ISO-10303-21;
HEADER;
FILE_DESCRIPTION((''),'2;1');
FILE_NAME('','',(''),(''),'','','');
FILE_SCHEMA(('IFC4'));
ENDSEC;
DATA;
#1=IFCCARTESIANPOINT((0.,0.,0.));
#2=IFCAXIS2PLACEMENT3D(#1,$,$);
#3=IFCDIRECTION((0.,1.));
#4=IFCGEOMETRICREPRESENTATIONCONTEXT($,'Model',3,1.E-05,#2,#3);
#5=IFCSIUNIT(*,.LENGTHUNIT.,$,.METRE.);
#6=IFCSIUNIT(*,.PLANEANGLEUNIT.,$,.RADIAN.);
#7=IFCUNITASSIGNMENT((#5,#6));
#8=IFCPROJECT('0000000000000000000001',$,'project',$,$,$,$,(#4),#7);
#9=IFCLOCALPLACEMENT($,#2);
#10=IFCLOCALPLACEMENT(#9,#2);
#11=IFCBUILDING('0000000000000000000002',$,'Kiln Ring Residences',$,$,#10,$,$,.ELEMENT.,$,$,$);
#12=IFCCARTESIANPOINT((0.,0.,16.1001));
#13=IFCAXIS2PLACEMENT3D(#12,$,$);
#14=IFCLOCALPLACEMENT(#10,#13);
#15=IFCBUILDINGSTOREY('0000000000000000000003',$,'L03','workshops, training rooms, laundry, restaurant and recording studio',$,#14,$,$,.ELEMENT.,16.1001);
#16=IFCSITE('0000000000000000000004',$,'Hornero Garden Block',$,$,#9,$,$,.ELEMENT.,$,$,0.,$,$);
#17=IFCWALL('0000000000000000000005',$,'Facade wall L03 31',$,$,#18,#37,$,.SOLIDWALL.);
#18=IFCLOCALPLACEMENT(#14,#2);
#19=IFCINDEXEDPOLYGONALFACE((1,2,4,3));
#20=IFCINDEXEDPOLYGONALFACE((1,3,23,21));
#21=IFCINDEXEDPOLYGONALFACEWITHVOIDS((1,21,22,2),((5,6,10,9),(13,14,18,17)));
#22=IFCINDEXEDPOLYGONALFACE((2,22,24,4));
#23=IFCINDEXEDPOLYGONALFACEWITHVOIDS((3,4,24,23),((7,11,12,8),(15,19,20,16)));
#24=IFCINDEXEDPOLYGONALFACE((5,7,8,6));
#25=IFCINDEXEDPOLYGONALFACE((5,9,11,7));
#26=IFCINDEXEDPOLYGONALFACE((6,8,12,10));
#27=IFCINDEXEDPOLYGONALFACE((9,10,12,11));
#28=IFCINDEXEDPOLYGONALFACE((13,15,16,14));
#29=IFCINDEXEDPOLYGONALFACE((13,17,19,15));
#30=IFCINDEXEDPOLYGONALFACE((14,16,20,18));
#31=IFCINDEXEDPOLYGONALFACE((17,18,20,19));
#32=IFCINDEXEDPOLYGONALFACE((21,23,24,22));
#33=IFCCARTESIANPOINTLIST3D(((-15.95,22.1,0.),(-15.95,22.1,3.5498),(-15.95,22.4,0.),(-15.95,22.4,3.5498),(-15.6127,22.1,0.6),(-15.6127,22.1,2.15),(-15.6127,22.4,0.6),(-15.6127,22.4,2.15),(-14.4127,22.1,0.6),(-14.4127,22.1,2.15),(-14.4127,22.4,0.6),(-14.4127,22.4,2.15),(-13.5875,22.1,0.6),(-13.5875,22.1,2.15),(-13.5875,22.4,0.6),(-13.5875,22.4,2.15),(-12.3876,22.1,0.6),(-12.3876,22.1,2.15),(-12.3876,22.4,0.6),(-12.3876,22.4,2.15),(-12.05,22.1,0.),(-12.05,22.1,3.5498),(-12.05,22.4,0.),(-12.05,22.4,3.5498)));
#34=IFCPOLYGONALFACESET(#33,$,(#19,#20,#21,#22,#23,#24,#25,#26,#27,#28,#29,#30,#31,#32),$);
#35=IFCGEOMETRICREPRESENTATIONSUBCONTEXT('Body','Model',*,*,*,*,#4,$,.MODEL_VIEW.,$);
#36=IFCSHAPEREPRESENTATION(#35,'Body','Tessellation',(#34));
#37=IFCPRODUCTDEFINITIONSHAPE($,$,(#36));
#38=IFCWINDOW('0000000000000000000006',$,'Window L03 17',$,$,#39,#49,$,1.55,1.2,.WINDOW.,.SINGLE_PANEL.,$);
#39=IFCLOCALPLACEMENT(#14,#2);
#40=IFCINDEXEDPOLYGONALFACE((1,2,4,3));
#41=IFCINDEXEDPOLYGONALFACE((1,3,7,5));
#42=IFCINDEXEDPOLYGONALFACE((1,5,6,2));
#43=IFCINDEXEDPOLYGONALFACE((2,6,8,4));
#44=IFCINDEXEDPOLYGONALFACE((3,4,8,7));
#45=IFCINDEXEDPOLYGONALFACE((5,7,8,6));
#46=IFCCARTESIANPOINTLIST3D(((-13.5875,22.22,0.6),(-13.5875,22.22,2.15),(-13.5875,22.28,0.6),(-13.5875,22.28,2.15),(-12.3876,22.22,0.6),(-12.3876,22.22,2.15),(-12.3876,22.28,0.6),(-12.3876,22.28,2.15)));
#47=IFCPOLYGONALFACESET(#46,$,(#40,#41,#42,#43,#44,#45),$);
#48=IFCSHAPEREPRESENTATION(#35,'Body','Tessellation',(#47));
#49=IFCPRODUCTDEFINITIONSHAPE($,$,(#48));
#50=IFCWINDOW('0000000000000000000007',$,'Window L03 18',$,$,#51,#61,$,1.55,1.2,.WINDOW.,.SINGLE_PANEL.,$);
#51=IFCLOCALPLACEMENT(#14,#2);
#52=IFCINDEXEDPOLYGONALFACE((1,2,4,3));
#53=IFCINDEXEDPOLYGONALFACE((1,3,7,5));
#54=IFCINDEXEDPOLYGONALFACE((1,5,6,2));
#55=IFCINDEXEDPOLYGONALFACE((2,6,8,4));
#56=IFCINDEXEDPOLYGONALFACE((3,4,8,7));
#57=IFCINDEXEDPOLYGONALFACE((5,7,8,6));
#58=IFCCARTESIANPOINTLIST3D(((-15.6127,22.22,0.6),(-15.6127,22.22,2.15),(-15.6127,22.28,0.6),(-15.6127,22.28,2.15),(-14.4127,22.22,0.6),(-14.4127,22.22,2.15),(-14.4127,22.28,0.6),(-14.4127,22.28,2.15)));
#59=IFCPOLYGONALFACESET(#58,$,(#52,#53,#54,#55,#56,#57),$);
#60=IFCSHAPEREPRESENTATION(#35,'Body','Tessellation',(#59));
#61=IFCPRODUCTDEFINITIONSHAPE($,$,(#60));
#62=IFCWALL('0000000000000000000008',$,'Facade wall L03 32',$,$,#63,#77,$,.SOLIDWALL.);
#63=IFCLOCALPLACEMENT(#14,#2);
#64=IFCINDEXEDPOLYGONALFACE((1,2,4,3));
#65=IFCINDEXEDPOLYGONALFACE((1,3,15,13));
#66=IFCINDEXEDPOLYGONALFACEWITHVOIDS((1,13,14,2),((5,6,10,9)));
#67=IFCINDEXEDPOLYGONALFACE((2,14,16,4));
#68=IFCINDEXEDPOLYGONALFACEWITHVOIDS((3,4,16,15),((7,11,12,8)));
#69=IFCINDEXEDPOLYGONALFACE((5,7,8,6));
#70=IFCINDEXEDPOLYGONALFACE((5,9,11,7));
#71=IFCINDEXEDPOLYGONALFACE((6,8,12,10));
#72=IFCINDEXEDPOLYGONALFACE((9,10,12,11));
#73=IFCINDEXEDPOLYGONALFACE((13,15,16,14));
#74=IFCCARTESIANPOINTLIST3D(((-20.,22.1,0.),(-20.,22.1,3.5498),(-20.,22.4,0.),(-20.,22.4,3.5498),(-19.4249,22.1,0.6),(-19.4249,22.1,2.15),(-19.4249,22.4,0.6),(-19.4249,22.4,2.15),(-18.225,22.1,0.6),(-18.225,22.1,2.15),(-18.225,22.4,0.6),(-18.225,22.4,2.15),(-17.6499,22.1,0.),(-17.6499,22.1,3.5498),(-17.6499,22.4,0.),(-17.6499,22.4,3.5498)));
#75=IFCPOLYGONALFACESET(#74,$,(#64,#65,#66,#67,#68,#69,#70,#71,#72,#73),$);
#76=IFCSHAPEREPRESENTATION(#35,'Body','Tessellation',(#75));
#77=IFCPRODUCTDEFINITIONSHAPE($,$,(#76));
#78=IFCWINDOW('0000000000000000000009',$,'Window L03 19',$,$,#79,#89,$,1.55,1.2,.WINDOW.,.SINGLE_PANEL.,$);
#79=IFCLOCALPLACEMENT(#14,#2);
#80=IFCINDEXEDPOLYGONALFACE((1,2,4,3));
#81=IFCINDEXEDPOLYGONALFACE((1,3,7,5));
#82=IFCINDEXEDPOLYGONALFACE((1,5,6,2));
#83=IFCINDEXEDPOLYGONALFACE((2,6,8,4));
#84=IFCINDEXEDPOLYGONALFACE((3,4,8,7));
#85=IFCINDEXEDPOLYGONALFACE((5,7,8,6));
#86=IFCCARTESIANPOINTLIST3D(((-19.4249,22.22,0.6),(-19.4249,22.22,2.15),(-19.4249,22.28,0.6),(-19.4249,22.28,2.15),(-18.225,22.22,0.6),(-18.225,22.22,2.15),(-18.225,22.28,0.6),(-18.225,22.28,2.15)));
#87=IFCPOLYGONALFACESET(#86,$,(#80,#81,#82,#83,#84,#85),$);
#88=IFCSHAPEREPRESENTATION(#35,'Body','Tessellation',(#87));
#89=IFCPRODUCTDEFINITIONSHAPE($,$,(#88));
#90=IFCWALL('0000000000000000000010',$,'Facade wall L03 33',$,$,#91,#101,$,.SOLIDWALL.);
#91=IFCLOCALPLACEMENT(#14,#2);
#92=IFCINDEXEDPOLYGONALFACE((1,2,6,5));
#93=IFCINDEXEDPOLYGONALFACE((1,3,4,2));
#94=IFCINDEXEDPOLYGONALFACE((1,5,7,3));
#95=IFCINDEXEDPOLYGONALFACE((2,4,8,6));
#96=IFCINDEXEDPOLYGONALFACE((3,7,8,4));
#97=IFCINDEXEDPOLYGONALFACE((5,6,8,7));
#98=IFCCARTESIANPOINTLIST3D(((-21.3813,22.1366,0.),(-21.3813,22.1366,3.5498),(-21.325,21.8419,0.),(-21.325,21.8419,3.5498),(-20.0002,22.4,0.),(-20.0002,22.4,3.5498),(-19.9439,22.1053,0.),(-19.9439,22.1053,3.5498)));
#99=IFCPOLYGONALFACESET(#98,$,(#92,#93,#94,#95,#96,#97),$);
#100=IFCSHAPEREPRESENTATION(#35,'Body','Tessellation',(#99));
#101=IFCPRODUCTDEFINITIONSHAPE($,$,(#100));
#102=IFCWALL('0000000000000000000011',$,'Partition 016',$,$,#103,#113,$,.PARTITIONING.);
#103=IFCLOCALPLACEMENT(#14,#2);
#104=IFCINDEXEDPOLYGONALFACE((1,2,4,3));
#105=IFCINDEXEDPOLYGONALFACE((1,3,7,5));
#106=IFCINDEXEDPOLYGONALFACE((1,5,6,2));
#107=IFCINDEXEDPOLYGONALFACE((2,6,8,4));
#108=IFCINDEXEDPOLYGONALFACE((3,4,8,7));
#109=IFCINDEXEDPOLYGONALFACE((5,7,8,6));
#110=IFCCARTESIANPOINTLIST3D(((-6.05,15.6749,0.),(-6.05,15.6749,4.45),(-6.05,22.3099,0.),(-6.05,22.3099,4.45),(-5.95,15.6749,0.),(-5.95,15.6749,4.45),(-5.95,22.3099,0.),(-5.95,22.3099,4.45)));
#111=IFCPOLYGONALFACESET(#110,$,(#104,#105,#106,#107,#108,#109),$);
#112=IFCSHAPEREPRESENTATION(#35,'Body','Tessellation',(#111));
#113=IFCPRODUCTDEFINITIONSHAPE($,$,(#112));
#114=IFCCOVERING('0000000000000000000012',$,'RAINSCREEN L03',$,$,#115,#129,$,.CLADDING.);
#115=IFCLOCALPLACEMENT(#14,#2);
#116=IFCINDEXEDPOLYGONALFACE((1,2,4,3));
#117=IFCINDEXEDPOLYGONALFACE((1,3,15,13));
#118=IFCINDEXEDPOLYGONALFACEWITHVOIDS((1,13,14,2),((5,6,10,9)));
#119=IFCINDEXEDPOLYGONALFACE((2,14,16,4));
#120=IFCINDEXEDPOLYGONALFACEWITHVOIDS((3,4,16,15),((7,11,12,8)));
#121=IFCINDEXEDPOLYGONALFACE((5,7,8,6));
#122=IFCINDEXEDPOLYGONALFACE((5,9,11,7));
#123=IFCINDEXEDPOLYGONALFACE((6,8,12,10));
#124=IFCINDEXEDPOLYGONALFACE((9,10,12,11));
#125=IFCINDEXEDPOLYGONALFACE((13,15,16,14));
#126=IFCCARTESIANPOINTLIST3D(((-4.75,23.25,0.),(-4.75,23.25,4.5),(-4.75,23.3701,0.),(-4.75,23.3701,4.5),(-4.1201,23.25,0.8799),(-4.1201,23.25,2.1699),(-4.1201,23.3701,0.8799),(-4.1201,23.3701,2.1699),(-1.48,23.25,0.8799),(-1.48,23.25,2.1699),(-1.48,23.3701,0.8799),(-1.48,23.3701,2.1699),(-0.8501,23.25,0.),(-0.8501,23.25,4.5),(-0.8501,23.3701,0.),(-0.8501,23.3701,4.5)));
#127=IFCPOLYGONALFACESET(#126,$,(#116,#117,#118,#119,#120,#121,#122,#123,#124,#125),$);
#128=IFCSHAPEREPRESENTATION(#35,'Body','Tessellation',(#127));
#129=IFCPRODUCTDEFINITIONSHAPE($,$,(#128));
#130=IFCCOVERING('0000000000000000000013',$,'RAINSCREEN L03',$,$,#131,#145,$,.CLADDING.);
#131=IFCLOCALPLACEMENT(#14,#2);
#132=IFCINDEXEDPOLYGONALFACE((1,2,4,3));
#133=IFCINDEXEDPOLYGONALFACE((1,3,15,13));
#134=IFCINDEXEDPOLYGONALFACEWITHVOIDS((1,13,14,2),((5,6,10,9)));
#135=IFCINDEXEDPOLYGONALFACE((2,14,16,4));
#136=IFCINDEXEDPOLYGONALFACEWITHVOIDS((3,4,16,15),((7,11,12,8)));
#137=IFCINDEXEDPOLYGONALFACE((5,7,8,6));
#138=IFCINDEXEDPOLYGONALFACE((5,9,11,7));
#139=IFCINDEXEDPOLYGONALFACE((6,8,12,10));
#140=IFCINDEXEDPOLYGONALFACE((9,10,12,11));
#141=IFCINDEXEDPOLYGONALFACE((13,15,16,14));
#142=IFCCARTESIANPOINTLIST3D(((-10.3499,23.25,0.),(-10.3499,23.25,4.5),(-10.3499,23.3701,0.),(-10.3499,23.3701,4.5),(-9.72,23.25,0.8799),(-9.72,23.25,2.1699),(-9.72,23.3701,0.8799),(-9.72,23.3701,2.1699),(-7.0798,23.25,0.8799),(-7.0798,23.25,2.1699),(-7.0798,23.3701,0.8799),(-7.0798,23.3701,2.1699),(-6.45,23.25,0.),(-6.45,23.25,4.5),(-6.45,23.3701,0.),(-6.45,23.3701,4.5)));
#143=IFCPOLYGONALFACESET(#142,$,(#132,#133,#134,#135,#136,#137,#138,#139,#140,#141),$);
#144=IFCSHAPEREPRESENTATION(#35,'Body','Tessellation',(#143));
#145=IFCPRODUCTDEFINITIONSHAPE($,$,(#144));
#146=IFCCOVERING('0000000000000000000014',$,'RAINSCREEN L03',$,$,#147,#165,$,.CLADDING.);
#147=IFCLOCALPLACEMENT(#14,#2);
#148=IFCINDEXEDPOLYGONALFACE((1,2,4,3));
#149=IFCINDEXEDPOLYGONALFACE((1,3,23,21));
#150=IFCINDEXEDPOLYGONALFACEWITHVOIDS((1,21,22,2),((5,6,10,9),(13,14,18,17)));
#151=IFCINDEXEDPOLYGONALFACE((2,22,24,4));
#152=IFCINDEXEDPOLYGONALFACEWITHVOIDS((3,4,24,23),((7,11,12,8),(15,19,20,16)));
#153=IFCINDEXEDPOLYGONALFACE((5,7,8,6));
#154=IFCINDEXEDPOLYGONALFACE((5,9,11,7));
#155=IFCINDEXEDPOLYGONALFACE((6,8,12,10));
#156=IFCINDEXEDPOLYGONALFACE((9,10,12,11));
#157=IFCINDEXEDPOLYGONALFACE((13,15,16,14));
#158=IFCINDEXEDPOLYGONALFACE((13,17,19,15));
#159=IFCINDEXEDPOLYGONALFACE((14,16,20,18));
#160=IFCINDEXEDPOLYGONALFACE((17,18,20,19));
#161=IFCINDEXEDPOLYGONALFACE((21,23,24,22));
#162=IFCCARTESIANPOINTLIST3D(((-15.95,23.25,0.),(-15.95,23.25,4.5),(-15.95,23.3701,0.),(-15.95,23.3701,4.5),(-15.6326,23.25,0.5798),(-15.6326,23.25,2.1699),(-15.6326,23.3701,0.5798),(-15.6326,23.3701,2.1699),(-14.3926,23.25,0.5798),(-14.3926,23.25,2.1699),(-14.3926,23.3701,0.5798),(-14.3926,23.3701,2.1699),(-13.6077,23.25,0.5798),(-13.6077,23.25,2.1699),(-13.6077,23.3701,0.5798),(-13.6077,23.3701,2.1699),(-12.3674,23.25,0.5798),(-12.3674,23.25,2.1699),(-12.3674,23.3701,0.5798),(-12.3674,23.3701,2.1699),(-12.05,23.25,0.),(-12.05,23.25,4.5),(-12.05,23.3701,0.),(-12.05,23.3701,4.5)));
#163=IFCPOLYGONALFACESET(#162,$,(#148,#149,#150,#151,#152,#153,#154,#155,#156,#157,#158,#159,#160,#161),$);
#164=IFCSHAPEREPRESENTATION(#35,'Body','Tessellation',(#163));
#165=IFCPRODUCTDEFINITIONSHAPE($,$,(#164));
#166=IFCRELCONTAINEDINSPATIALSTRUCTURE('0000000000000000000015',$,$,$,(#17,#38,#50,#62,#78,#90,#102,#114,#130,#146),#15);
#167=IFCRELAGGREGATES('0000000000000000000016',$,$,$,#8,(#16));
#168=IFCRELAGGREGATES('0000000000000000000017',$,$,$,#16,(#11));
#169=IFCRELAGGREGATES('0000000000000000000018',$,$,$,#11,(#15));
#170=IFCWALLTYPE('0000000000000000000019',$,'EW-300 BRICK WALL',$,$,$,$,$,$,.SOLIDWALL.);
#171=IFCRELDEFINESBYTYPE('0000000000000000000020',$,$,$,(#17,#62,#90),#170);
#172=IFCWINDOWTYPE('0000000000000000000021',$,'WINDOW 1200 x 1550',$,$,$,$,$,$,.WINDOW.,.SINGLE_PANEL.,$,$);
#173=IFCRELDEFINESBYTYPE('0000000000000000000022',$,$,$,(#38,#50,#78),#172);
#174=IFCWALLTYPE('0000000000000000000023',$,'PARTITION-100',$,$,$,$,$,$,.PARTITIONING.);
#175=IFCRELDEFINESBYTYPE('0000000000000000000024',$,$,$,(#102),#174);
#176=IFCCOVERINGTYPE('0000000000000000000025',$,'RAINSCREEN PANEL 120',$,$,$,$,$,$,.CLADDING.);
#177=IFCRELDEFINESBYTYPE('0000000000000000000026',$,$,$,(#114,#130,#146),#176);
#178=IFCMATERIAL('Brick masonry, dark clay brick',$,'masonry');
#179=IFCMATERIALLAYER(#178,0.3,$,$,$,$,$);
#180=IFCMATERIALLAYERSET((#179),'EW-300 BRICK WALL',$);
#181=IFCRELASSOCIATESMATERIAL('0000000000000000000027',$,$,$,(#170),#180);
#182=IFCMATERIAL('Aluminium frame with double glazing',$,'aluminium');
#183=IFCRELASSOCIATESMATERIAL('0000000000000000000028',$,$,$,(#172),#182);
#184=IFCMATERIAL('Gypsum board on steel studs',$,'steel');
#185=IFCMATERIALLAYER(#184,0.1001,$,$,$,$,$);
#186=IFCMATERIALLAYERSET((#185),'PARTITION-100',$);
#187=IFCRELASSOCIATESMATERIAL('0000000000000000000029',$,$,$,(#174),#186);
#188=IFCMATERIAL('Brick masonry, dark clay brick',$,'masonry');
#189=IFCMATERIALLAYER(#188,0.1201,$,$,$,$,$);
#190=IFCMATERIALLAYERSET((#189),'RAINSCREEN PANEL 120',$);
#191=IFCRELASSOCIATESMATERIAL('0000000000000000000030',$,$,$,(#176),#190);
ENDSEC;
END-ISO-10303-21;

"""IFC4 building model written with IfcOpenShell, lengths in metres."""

from ifc_helpers import new_model, si_unit, direction, frame, frame_2d, origin, place, context, subcontext, project, spatial, polyline, rectangle, outline, extrude, material, layer, layer_set, type_object, element, fill, save


model = new_model("IFC4")

# Units and contexts
model_context = context("Model", 3, precision=1e-05, world=origin(), true_north=direction((0.0, 1.0)))
body_context = subcontext(model_context, "Body", "Model", "MODEL_VIEW")
ifc_project = project(units=[si_unit("LENGTHUNIT", "METRE"), si_unit("PLANEANGLEUNIT", "RADIAN")], contexts=[model_context])

# Site, building, storey
site_placement = place(None, origin())
site = spatial("IfcSite", under=ifc_project, at=site_placement, Name="Hornero Garden Block", CompositionType="ELEMENT", RefElevation=0.0)
building_placement = place(site_placement, origin())
building = spatial("IfcBuilding", under=site, at=building_placement, Name="Kiln Ring Residences", CompositionType="ELEMENT")
storey_placement = place(building_placement, frame((0.0, 0.0, 16.1001)))
storey = spatial("IfcBuildingStorey", under=building, at=storey_placement, Name="L03", Description="workshops, training rooms, laundry, restaurant and recording studio", CompositionType="ELEMENT", Elevation=16.1001)

# Shared definitions
ifc_material_1 = material(Name="Brick masonry, dark clay brick", Category="masonry")
ifc_layer_1 = layer(ifc_material_1, 0.3)
ifc_layer_set_1 = layer_set([ifc_layer_1], Name="EW-300 BRICK WALL")
wall_type_1 = type_object("IfcWallType", Name="EW-300 BRICK WALL", PredefinedType="SOLIDWALL", material=ifc_layer_set_1)

# Wall, openings, windows
wall_1_placement = place(storey_placement, frame((-12.05, 22.25, 0.0), z_axis=(0.0, 0.0, 1.0), x_axis=(-1.0, 0.0, 0.0)))
wall_1 = element("IfcWall", 1, at=wall_1_placement, inside=storey, type_object=wall_type_1, Name="Facade wall L03 31", PredefinedType="SOLIDWALL", context=body_context, shape_type="SweptSolid", body=[
    extrude(rectangle(XDim=3.8999, YDim=0.3, at=frame_2d((1.95, 0.0))), origin(), (0.0, 0.0, 1.0), 3.5498),
])
opening_1_placement = place(wall_1_placement, frame((0.3374, 0.0, 0.6001)))
opening_1 = element("IfcOpeningElement", 2, at=opening_1_placement, cuts=wall_1, PredefinedType="OPENING", context=body_context, shape_type="SweptSolid", body=[
    extrude(rectangle(XDim=1.2, YDim=1.55, at=frame_2d((0.6001, 0.7749))), frame((0.0, 0.1599, 0.0), z_axis=(0.0, -1.0, 0.0), x_axis=(1.0, 0.0, 0.0)), (0.0, 0.0, 1.0), 0.3201),
])
opening_2_placement = place(wall_1_placement, frame((2.3625, 0.0, 0.6001)))
opening_2 = element("IfcOpeningElement", 3, at=opening_2_placement, cuts=wall_1, PredefinedType="OPENING", context=body_context, shape_type="SweptSolid", body=[
    extrude(rectangle(XDim=1.2, YDim=1.55, at=frame_2d((0.6001, 0.7749))), frame((0.0, 0.1599, 0.0), z_axis=(0.0, -1.0, 0.0), x_axis=(1.0, 0.0, 0.0)), (0.0, 0.0, 1.0), 0.3201),
])
ifc_material_2 = material(Name="Aluminium frame with double glazing", Category="aluminium")
window_type_1 = type_object("IfcWindowType", Name="WINDOW 1200 x 1550", PartitioningType="SINGLE_PANEL", PredefinedType="WINDOW", material=ifc_material_2)
window_1_placement = place(opening_1_placement, origin())
window_1 = element("IfcWindow", 4, at=window_1_placement, inside=storey, type_object=window_type_1, Name="Window L03 17", OverallHeight=1.55, OverallWidth=1.2, PartitioningType="SINGLE_PANEL", PredefinedType="WINDOW", context=body_context, shape_type="SweptSolid", body=[
    extrude(rectangle(XDim=1.2, YDim=1.55, at=frame_2d((0.6001, 0.7749))), frame((0.0, 0.03, 0.0), z_axis=(0.0, -1.0, 0.0), x_axis=(1.0, 0.0, 0.0)), (0.0, 0.0, 1.0), 0.0601),
])
fill(opening_1, window_1)
window_2_placement = place(opening_2_placement, origin())
window_2 = element("IfcWindow", 5, at=window_2_placement, inside=storey, type_object=window_type_1, Name="Window L03 18", OverallHeight=1.55, OverallWidth=1.2, PartitioningType="SINGLE_PANEL", PredefinedType="WINDOW", context=body_context, shape_type="SweptSolid", body=[
    extrude(rectangle(XDim=1.2, YDim=1.55, at=frame_2d((0.6001, 0.7749))), frame((0.0, 0.03, 0.0), z_axis=(0.0, -1.0, 0.0), x_axis=(1.0, 0.0, 0.0)), (0.0, 0.0, 1.0), 0.0601),
])
fill(opening_2, window_2)

# Wall, opening, window
wall_2_placement = place(storey_placement, frame((-17.6499, 22.25, 0.0), z_axis=(0.0, 0.0, 1.0), x_axis=(-1.0, 0.0, 0.0)))
wall_2 = element("IfcWall", 6, at=wall_2_placement, inside=storey, type_object=wall_type_1, Name="Facade wall L03 32", PredefinedType="SOLIDWALL", context=body_context, shape_type="SweptSolid", body=[
    extrude(rectangle(XDim=2.3501, YDim=0.3, at=frame_2d((1.175, 0.0))), origin(), (0.0, 0.0, 1.0), 3.5498),
])
opening_3_placement = place(wall_2_placement, frame((0.575, 0.0, 0.6001)))
opening_3 = element("IfcOpeningElement", 7, at=opening_3_placement, cuts=wall_2, PredefinedType="OPENING", context=body_context, shape_type="SweptSolid", body=[
    extrude(rectangle(XDim=1.2, YDim=1.55, at=frame_2d((0.6001, 0.7749))), frame((0.0, 0.1599, 0.0), z_axis=(0.0, -1.0, 0.0), x_axis=(1.0, 0.0, 0.0)), (0.0, 0.0, 1.0), 0.3201),
])
window_3_placement = place(opening_3_placement, origin())
window_3 = element("IfcWindow", 8, at=window_3_placement, inside=storey, type_object=window_type_1, Name="Window L03 19", OverallHeight=1.55, OverallWidth=1.2, PartitioningType="SINGLE_PANEL", PredefinedType="WINDOW", context=body_context, shape_type="SweptSolid", body=[
    extrude(rectangle(XDim=1.2, YDim=1.55, at=frame_2d((0.6001, 0.7749))), frame((0.0, 0.03, 0.0), z_axis=(0.0, -1.0, 0.0), x_axis=(1.0, 0.0, 0.0)), (0.0, 0.0, 1.0), 0.0601),
])
fill(opening_3, window_3)

# Walls
wall_3_placement = place(storey_placement, frame((-19.9719, 22.2527, 0.0), z_axis=(0.0, 0.0, 1.0), x_axis=(-0.982291, -0.187359, 0.0)))
element("IfcWall", 9, at=wall_3_placement, inside=storey, type_object=wall_type_1, Name="Facade wall L03 33", PredefinedType="SOLIDWALL", context=body_context, shape_type="SweptSolid", body=[
    extrude(rectangle(XDim=1.406, YDim=0.3, at=frame_2d((0.7031, 0.0))), origin(), (0.0, 0.0, 1.0), 3.5498),
])
ifc_material_3 = material(Name="Gypsum board on steel studs", Category="steel")
ifc_layer_2 = layer(ifc_material_3, 0.1001)
ifc_layer_set_2 = layer_set([ifc_layer_2], Name="PARTITION-100")
wall_type_2 = type_object("IfcWallType", Name="PARTITION-100", PredefinedType="PARTITIONING", material=ifc_layer_set_2)
wall_4_placement = place(storey_placement, frame((-6.0, 15.675, 0.0), z_axis=(0.0, 0.0, 1.0), x_axis=(0.0, 1.0, 0.0)))
element("IfcWall", 10, at=wall_4_placement, inside=storey, type_object=wall_type_2, Name="Partition 016", PredefinedType="PARTITIONING", context=body_context, shape_type="SweptSolid", body=[
    extrude(rectangle(XDim=6.635, YDim=0.1001, at=frame_2d((3.3174, 0.0))), origin(), (0.0, 0.0, 1.0), 4.45),
])

# Coverings
ifc_material_4 = material(Name="Brick masonry, dark clay brick", Category="masonry")
ifc_layer_3 = layer(ifc_material_4, 0.1201)
ifc_layer_set_3 = layer_set([ifc_layer_3], Name="RAINSCREEN PANEL 120")
covering_type = type_object("IfcCoveringType", Name="RAINSCREEN PANEL 120", PredefinedType="CLADDING", material=ifc_layer_set_3)
for number, where, z_axis, x_axis, name in (
    (11, (-0.8501, 23.3101, 0.0), (0.0, 0.0, 1.0), (-1.0, 0.0, 0.0), "RAINSCREEN L03"),
    (12, (-6.45, 23.3101, 0.0), (0.0, 0.0, 1.0), (-1.0, 0.0, 0.0), "RAINSCREEN L03"),
):
    element("IfcCovering", number, at=place(storey_placement, frame(where, z_axis=z_axis, x_axis=x_axis)), inside=storey, type_object=covering_type, Name=name, PredefinedType="CLADDING", context=body_context, shape_type="SweptSolid", body=[
        extrude(outline(polyline([(0.0, 0.0), (3.8999, 0.0), (3.8999, 4.5), (0.0, 4.5), (0.0, 0.0)]), holes=[polyline([(0.6299, 2.1699), (0.6299, 0.8799), (3.27, 0.8799), (3.27, 2.1699), (0.6299, 2.1699)])]), frame((0.0, 0.0601, 0.0), z_axis=(0.0, -1.0, 0.0), x_axis=(1.0, 0.0, 0.0)), (0.0, 0.0, 1.0), 0.1201),
    ])
covering_placement = place(storey_placement, frame((-12.05, 23.3101, 0.0), z_axis=(0.0, 0.0, 1.0), x_axis=(-1.0, 0.0, 0.0)))
element("IfcCovering", 13, at=covering_placement, inside=storey, type_object=covering_type, Name="RAINSCREEN L03", PredefinedType="CLADDING", context=body_context, shape_type="SweptSolid", body=[
    extrude(outline(polyline([(0.0, 0.0), (3.8999, 0.0), (3.8999, 4.5), (0.0, 4.5), (0.0, 0.0)]), holes=[polyline([(1.5576, 2.1699), (0.3174, 2.1699), (0.3174, 0.5798), (1.5576, 0.5798), (1.5576, 2.1699)]), polyline([(3.5825, 2.1699), (2.3425, 2.1699), (2.3425, 0.5798), (3.5825, 0.5798), (3.5825, 2.1699)])]), frame((0.0, 0.0601, 0.0), z_axis=(0.0, -1.0, 0.0), x_axis=(1.0, 0.0, 0.0)), (0.0, 0.0, 1.0), 0.1201),
])

save(model, "model.ifc")
